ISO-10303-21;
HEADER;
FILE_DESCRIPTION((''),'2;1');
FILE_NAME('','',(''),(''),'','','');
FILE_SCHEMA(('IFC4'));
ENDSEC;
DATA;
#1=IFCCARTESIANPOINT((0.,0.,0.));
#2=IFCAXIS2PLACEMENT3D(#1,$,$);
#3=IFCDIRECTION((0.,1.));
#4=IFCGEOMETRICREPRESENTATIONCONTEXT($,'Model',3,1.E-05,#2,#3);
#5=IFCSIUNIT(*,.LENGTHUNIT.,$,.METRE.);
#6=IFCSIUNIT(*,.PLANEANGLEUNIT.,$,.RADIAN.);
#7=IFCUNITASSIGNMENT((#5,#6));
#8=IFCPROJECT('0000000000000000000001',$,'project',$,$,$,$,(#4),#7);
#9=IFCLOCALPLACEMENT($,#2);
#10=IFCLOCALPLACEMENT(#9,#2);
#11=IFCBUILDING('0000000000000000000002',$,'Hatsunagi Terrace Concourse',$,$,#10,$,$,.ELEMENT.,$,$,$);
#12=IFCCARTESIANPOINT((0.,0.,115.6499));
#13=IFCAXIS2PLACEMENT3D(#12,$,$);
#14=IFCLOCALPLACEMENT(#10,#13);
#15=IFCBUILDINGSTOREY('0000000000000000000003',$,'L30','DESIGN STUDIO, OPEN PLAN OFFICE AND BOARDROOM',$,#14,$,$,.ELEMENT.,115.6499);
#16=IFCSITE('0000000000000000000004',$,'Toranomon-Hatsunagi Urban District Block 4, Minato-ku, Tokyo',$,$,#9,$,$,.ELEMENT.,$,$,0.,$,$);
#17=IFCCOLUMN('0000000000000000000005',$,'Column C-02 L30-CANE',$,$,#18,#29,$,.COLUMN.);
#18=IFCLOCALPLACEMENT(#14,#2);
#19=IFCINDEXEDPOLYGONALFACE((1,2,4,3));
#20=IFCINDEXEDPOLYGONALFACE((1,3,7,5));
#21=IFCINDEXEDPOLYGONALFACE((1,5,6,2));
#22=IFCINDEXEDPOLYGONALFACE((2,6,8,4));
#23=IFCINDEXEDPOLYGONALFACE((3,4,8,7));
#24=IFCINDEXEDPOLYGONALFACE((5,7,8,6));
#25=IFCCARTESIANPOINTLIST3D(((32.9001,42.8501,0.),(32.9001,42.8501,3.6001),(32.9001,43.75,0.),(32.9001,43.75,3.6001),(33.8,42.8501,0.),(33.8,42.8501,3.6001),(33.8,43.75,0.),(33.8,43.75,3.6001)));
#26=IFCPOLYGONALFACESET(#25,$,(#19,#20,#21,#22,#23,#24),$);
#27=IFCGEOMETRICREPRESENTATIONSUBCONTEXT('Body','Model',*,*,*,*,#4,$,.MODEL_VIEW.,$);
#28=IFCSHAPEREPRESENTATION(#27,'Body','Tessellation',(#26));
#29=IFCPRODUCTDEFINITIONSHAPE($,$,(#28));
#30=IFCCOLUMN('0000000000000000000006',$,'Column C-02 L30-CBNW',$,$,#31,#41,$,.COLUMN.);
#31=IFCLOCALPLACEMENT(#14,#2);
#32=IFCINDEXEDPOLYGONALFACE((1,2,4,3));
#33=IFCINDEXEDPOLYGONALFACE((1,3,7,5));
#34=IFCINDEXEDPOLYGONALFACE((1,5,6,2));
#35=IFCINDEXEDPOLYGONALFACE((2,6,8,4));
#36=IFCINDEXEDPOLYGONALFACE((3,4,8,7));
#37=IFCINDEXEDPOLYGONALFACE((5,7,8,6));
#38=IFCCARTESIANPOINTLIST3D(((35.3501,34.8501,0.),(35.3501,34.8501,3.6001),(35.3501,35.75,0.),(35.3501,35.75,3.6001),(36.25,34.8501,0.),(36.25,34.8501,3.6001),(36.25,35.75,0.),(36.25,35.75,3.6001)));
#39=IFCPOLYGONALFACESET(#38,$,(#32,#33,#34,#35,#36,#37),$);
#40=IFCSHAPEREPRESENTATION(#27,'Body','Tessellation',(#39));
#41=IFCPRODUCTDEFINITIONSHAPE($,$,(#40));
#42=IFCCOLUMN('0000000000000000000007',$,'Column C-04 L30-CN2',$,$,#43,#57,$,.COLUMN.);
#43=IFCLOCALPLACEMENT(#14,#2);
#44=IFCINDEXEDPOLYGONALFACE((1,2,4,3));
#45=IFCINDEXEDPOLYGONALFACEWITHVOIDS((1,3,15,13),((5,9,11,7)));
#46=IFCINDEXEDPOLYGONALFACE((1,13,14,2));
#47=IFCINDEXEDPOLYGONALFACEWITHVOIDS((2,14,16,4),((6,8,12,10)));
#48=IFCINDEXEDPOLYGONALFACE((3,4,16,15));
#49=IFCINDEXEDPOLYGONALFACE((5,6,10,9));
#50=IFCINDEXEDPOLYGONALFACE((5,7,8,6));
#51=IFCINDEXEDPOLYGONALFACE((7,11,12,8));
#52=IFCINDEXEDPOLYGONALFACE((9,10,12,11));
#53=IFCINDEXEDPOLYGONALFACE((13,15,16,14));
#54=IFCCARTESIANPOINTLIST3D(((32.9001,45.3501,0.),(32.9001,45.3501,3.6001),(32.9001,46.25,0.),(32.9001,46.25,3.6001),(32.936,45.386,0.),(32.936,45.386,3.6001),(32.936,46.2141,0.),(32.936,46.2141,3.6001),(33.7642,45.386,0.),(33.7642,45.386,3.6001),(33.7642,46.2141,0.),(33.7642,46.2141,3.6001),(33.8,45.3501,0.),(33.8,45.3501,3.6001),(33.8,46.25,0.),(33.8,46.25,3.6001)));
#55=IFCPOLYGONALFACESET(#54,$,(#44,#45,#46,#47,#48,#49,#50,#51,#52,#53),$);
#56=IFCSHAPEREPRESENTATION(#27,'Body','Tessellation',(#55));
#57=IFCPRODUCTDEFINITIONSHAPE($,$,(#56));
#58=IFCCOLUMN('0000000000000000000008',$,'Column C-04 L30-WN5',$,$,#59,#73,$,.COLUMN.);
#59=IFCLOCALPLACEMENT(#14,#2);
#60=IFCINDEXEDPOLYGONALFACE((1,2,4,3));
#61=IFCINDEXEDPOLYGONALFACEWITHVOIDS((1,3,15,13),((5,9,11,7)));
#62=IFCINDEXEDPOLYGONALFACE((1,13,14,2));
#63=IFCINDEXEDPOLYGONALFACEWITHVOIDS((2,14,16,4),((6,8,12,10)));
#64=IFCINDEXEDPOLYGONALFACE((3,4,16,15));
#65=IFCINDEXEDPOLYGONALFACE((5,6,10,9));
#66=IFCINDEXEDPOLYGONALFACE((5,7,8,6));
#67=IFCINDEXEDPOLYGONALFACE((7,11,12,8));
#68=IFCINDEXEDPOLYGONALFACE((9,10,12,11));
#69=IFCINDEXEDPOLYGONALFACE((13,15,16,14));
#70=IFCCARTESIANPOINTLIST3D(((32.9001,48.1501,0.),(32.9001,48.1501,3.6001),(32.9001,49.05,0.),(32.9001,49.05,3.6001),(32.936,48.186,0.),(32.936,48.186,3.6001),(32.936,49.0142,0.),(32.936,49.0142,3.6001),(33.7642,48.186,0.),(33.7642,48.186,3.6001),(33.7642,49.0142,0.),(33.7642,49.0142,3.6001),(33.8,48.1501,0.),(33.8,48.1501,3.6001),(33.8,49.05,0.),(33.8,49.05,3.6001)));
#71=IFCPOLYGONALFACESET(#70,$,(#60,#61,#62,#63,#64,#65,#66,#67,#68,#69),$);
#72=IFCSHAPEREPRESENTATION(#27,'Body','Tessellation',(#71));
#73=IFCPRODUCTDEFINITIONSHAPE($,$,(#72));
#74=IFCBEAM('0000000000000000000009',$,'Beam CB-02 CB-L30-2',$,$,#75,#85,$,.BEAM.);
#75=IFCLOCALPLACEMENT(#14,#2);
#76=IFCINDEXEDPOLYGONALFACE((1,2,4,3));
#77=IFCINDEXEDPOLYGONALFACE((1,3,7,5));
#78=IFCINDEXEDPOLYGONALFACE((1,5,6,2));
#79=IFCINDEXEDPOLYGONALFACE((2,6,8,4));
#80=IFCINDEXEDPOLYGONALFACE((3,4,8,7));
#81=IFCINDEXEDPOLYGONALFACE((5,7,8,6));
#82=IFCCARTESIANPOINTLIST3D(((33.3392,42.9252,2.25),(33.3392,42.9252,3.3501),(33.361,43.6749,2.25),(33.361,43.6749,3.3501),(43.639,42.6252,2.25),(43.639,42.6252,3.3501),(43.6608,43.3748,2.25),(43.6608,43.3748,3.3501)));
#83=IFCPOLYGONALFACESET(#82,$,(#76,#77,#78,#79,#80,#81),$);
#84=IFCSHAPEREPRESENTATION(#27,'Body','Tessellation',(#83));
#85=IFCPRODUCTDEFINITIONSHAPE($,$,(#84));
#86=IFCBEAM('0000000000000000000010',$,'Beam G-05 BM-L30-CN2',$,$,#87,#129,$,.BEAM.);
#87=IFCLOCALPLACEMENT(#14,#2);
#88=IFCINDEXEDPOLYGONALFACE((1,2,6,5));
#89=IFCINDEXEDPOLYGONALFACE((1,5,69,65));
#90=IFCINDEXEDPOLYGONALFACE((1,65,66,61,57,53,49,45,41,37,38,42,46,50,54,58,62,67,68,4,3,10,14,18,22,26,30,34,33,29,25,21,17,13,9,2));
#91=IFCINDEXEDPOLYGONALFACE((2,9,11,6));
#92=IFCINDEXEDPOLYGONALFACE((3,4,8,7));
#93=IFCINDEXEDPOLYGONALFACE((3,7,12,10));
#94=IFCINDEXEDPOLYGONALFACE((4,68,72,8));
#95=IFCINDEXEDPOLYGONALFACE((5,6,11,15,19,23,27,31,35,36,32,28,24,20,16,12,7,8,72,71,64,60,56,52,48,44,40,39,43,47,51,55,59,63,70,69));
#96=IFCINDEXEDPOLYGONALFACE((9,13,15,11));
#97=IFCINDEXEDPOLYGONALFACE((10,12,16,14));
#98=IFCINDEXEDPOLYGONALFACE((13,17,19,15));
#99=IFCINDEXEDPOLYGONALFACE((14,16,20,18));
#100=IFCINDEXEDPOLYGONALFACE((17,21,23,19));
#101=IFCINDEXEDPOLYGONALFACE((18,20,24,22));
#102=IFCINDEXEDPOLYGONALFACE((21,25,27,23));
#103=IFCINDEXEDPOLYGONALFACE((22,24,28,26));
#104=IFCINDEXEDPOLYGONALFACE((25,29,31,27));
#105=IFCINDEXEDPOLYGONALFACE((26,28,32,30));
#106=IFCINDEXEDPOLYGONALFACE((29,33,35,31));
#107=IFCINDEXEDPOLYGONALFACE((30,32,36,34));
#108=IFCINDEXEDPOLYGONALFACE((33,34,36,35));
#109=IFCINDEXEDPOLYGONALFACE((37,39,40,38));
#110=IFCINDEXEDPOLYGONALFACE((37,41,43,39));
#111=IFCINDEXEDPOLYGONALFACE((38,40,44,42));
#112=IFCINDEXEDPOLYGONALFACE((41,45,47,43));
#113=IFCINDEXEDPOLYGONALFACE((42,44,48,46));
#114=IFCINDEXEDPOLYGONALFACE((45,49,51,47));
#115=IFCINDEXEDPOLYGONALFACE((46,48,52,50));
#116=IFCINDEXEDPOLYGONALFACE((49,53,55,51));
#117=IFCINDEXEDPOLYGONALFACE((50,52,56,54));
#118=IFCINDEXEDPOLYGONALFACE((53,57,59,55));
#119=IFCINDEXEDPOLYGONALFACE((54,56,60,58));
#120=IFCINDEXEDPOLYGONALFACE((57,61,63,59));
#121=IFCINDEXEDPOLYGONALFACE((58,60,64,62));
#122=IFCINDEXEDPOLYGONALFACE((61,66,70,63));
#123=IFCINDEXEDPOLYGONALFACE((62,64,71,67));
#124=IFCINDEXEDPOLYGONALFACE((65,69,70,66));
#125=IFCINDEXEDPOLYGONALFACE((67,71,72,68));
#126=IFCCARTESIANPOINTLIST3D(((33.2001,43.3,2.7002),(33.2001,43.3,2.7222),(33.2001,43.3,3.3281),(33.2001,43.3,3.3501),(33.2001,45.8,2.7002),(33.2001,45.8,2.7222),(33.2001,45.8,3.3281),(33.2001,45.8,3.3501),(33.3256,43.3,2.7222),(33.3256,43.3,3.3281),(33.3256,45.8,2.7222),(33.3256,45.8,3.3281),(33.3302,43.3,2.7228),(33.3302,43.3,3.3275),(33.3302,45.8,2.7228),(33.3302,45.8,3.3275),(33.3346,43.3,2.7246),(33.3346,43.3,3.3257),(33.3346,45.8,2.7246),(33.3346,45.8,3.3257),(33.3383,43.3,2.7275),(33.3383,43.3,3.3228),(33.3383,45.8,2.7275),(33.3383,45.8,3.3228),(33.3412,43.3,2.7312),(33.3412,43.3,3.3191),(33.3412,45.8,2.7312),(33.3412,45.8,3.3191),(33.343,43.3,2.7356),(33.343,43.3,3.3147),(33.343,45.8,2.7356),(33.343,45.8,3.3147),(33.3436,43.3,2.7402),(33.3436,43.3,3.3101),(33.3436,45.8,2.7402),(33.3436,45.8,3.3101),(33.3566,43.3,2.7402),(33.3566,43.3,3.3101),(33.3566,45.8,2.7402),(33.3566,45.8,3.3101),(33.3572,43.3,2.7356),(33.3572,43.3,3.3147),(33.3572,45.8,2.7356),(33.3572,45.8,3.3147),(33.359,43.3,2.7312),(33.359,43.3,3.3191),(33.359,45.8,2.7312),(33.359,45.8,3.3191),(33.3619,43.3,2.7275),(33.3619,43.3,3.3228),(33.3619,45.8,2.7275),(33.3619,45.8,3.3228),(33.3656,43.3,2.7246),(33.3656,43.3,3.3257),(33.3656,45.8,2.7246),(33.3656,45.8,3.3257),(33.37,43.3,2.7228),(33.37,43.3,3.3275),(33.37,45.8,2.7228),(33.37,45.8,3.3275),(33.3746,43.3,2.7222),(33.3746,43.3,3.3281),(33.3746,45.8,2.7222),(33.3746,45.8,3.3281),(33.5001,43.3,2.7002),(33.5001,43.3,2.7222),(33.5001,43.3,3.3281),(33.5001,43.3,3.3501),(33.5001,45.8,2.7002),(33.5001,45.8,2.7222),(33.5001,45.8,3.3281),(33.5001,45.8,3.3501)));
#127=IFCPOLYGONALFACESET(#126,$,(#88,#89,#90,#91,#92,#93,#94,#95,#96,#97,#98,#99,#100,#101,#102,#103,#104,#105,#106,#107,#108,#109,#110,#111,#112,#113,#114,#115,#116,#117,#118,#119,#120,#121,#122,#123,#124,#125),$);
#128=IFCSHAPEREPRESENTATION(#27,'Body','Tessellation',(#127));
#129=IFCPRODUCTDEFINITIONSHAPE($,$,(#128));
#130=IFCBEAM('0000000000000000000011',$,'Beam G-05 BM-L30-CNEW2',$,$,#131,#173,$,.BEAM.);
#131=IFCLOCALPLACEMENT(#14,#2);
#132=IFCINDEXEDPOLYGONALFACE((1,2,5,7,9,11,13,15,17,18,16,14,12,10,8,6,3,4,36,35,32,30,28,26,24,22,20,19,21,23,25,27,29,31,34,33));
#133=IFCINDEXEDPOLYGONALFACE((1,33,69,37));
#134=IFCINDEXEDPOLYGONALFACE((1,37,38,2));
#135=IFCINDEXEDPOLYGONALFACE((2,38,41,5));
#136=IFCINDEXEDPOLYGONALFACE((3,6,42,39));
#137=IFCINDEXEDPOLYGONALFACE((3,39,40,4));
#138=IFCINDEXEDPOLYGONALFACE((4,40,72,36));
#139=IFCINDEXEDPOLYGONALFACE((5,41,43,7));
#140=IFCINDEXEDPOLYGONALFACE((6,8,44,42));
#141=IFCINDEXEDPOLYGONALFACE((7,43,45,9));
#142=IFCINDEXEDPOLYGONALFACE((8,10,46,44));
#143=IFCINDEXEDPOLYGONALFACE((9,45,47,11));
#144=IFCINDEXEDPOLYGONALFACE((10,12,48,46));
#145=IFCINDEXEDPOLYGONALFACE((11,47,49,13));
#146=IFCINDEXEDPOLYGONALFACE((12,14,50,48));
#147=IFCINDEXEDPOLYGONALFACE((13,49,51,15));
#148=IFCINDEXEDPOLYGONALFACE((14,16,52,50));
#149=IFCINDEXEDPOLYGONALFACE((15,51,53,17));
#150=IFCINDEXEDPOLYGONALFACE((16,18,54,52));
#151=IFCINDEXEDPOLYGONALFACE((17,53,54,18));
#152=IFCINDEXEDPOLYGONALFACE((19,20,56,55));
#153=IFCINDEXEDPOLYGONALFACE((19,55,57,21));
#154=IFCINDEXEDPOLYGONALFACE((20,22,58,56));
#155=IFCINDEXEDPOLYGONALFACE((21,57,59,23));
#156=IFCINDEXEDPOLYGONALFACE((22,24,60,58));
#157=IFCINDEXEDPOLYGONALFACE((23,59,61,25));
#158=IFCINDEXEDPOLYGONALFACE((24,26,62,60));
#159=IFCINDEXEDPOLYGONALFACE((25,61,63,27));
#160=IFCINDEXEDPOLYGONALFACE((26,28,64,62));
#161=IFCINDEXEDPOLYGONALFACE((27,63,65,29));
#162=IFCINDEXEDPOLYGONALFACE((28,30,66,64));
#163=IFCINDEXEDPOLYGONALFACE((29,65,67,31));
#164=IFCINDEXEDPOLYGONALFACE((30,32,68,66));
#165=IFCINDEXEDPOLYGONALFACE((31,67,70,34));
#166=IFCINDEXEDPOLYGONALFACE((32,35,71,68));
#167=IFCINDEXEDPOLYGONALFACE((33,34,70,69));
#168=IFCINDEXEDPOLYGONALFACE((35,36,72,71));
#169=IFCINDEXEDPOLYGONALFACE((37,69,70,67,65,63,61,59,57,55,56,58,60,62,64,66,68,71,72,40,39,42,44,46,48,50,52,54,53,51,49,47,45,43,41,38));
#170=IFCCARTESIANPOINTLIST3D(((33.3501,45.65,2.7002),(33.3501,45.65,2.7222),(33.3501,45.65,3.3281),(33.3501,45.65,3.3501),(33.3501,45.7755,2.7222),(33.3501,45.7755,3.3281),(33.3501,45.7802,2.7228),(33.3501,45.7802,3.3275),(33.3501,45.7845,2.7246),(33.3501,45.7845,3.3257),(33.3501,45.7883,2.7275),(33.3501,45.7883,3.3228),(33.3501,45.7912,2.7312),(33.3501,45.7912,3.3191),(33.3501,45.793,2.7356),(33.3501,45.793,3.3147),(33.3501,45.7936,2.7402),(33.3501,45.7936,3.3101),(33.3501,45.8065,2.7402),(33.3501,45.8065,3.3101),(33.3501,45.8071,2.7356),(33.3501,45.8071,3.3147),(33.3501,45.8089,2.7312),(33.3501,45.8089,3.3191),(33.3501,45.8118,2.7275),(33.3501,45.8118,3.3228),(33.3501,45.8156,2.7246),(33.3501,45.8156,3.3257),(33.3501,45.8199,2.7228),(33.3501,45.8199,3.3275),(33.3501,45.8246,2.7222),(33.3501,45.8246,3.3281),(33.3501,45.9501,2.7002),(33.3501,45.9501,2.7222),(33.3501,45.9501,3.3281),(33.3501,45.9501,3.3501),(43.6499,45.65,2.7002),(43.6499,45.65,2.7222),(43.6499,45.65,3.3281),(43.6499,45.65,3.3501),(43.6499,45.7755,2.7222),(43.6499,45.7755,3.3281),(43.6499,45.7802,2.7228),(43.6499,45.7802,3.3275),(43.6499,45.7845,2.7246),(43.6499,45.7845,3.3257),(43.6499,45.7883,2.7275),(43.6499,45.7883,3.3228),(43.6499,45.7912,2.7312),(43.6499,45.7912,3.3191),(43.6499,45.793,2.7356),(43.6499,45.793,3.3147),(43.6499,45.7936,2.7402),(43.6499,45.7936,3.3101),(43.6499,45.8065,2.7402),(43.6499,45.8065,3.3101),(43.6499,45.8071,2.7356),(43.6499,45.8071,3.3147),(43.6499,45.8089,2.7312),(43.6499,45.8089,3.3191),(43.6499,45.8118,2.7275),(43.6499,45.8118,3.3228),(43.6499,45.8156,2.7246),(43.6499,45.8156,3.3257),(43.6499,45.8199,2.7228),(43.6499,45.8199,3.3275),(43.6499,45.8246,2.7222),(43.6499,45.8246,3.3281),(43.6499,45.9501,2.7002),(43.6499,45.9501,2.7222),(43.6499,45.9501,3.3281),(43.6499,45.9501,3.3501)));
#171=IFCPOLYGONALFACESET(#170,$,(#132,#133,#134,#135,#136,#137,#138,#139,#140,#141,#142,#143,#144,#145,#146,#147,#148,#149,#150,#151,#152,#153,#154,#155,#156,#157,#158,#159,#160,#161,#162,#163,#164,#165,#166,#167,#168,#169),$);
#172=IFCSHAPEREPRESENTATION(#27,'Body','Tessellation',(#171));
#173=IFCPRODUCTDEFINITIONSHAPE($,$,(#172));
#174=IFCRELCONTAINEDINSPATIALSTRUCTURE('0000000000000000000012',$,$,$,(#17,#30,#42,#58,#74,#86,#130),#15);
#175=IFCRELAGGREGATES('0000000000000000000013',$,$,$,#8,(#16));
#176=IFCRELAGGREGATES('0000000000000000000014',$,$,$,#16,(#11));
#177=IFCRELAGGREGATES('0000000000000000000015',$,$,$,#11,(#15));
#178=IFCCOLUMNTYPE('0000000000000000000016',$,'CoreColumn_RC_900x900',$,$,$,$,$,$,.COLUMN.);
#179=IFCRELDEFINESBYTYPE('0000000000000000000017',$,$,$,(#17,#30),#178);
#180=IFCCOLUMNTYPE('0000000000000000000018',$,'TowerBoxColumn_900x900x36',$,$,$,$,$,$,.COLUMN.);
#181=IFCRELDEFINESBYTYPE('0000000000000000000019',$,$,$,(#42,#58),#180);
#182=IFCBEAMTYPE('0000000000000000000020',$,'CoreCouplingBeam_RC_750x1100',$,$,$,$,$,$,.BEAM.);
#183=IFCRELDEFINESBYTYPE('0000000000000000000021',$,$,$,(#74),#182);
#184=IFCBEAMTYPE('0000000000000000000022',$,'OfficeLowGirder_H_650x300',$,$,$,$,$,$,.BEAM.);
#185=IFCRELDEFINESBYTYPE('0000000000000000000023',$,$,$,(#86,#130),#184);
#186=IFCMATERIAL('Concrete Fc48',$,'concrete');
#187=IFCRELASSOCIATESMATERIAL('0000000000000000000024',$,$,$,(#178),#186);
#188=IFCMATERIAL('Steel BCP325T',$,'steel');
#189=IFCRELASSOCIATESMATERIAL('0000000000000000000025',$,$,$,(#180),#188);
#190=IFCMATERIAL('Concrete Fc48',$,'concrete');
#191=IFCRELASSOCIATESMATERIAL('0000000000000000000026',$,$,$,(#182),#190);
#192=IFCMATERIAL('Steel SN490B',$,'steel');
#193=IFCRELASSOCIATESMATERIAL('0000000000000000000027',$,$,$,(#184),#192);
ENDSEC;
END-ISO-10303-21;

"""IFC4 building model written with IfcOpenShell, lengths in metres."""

from ifc_helpers import new_model, si_unit, direction, frame, origin, origin_2d, place, context, subcontext, project, spatial, rectangle, hollow_rectangle, i_section, extrude, material, material_profile, profile_set, type_object, element, save


model = new_model("IFC4")

# Units and contexts
model_context = context("Model", 3, precision=1e-05, world=origin(), true_north=direction((0.0, 1.0)))
body_context = subcontext(model_context, "Body", "Model", "MODEL_VIEW")
ifc_project = project(units=[si_unit("LENGTHUNIT", "METRE"), si_unit("PLANEANGLEUNIT", "RADIAN")], contexts=[model_context])

# Site, building, storey
site_placement = place(None, origin())
site = spatial("IfcSite", under=ifc_project, at=site_placement, Name="Toranomon-Hatsunagi Urban District Block 4, Minato-ku, Tokyo", CompositionType="ELEMENT", RefElevation=0.0)
building_placement = place(site_placement, origin())
building = spatial("IfcBuilding", under=site, at=building_placement, Name="Hatsunagi Terrace Concourse", CompositionType="ELEMENT")
storey_placement = place(building_placement, frame((0.0, 0.0, 115.6499)))
storey = spatial("IfcBuildingStorey", under=building, at=storey_placement, Name="L30", Description="DESIGN STUDIO, OPEN PLAN OFFICE AND BOARDROOM", CompositionType="ELEMENT", Elevation=115.6499)

# Columns
ifc_material_1 = material(Name="Concrete Fc48", Category="concrete")
ifc_material_profile_1 = material_profile(ifc_material_1, rectangle(XDim=0.8999, YDim=0.8999, at=origin_2d()), Name="RC-900x900")
ifc_profile_set_1 = profile_set([ifc_material_profile_1], Name="Concrete Fc48")
column_type_1 = type_object("IfcColumnType", Name="CoreColumn_RC_900x900", PredefinedType="COLUMN", material=ifc_profile_set_1)
for number, where, z_axis, x_axis, name in (
    (1, (33.3501, 43.3, 0.0), (0.0, 0.0, 1.0), (1.0, 0.0, 0.0), "Column C-02 L30-CANE"),
    (2, (35.8, 35.3, 0.0), (0.0, 0.0, 1.0), (1.0, 0.0, 0.0), "Column C-02 L30-CBNW"),
):
    element("IfcColumn", number, at=place(storey_placement, frame(where, z_axis=z_axis, x_axis=x_axis)), inside=storey, type_object=column_type_1, Name=name, PredefinedType="COLUMN", context=body_context, shape_type="SweptSolid", body=[
        extrude(rectangle(XDim=0.8999, YDim=0.8999, at=origin_2d()), origin(), (0.0, 0.0, 1.0), 3.6001),
    ])
ifc_material_2 = material(Name="Steel BCP325T", Category="steel")
ifc_material_profile_2 = material_profile(ifc_material_2, hollow_rectangle(XDim=0.8999, YDim=0.8999, WallThickness=0.0359, at=origin_2d()), Name="BCP-900x900x36")
ifc_profile_set_2 = profile_set([ifc_material_profile_2], Name="Steel BCP325T")
column_type_2 = type_object("IfcColumnType", Name="TowerBoxColumn_900x900x36", PredefinedType="COLUMN", material=ifc_profile_set_2)
for number, where, z_axis, x_axis, name in (
    (3, (33.3501, 45.8, 0.0), (0.0, 0.0, 1.0), (1.0, 0.0, 0.0), "Column C-04 L30-CN2"),
    (4, (33.3501, 48.6001, 0.0), (0.0, 0.0, 1.0), (1.0, 0.0, 0.0), "Column C-04 L30-WN5"),
):
    element("IfcColumn", number, at=place(storey_placement, frame(where, z_axis=z_axis, x_axis=x_axis)), inside=storey, type_object=column_type_2, Name=name, PredefinedType="COLUMN", context=body_context, shape_type="SweptSolid", body=[
        extrude(hollow_rectangle(XDim=0.8999, YDim=0.8999, WallThickness=0.0359, at=origin_2d()), origin(), (0.0, 0.0, 1.0), 3.6001),
    ])

# Beams
ifc_material_3 = material(Name="Concrete Fc48", Category="concrete")
ifc_material_profile_3 = material_profile(ifc_material_3, rectangle(XDim=0.75, YDim=1.1001, at=origin_2d()), Name="RC-750x1100")
ifc_profile_set_3 = profile_set([ifc_material_profile_3], Name="Concrete Fc48")
beam_type_1 = type_object("IfcBeamType", Name="CoreCouplingBeam_RC_750x1100", PredefinedType="BEAM", material=ifc_profile_set_3)
beam_1_placement = place(storey_placement, frame((33.3501, 43.3, 2.8), z_axis=(0.999576, -0.029119, 0.0), x_axis=(0.029119, 0.999576, 0.0)))
element("IfcBeam", 5, at=beam_1_placement, inside=storey, type_object=beam_type_1, Name="Beam CB-02 CB-L30-2", PredefinedType="BEAM", context=body_context, shape_type="SweptSolid", body=[
    extrude(rectangle(XDim=0.75, YDim=1.1001, at=origin_2d()), origin(), (0.0, 0.0, 1.0), 10.3042),
])
ifc_material_4 = material(Name="Steel SN490B", Category="steel")
ifc_material_profile_4 = material_profile(ifc_material_4, i_section(OverallWidth=0.3, OverallDepth=0.6499, WebThickness=0.0129, FlangeThickness=0.022, FilletRadius=0.0181, at=origin_2d()), Name="H-650x300x13x22")
ifc_profile_set_4 = profile_set([ifc_material_profile_4], Name="Steel SN490B")
beam_type_2 = type_object("IfcBeamType", Name="OfficeLowGirder_H_650x300", PredefinedType="BEAM", material=ifc_profile_set_4)
beam_2_placement = place(storey_placement, frame((33.3501, 43.3, 3.0251), z_axis=(0.0, 1.0, 0.0), x_axis=(-1.0, 0.0, 0.0)))
element("IfcBeam", 6, at=beam_2_placement, inside=storey, type_object=beam_type_2, Name="Beam G-05 BM-L30-CN2", PredefinedType="BEAM", context=body_context, shape_type="SweptSolid", body=[
    extrude(i_section(OverallWidth=0.3, OverallDepth=0.6499, WebThickness=0.0129, FlangeThickness=0.022, FilletRadius=0.0181, at=origin_2d()), origin(), (0.0, 0.0, 1.0), 2.5),
])
beam_3_placement = place(storey_placement, frame((33.3501, 45.8, 3.0251), z_axis=(1.0, 0.0, 0.0), x_axis=(0.0, 1.0, 0.0)))
element("IfcBeam", 7, at=beam_3_placement, inside=storey, type_object=beam_type_2, Name="Beam G-05 BM-L30-CNEW2", PredefinedType="BEAM", context=body_context, shape_type="SweptSolid", body=[
    extrude(i_section(OverallWidth=0.3, OverallDepth=0.6499, WebThickness=0.0129, FlangeThickness=0.022, FilletRadius=0.0181, at=origin_2d()), origin(), (0.0, 0.0, 1.0), 10.2998),
])

save(model, "model.ifc")
